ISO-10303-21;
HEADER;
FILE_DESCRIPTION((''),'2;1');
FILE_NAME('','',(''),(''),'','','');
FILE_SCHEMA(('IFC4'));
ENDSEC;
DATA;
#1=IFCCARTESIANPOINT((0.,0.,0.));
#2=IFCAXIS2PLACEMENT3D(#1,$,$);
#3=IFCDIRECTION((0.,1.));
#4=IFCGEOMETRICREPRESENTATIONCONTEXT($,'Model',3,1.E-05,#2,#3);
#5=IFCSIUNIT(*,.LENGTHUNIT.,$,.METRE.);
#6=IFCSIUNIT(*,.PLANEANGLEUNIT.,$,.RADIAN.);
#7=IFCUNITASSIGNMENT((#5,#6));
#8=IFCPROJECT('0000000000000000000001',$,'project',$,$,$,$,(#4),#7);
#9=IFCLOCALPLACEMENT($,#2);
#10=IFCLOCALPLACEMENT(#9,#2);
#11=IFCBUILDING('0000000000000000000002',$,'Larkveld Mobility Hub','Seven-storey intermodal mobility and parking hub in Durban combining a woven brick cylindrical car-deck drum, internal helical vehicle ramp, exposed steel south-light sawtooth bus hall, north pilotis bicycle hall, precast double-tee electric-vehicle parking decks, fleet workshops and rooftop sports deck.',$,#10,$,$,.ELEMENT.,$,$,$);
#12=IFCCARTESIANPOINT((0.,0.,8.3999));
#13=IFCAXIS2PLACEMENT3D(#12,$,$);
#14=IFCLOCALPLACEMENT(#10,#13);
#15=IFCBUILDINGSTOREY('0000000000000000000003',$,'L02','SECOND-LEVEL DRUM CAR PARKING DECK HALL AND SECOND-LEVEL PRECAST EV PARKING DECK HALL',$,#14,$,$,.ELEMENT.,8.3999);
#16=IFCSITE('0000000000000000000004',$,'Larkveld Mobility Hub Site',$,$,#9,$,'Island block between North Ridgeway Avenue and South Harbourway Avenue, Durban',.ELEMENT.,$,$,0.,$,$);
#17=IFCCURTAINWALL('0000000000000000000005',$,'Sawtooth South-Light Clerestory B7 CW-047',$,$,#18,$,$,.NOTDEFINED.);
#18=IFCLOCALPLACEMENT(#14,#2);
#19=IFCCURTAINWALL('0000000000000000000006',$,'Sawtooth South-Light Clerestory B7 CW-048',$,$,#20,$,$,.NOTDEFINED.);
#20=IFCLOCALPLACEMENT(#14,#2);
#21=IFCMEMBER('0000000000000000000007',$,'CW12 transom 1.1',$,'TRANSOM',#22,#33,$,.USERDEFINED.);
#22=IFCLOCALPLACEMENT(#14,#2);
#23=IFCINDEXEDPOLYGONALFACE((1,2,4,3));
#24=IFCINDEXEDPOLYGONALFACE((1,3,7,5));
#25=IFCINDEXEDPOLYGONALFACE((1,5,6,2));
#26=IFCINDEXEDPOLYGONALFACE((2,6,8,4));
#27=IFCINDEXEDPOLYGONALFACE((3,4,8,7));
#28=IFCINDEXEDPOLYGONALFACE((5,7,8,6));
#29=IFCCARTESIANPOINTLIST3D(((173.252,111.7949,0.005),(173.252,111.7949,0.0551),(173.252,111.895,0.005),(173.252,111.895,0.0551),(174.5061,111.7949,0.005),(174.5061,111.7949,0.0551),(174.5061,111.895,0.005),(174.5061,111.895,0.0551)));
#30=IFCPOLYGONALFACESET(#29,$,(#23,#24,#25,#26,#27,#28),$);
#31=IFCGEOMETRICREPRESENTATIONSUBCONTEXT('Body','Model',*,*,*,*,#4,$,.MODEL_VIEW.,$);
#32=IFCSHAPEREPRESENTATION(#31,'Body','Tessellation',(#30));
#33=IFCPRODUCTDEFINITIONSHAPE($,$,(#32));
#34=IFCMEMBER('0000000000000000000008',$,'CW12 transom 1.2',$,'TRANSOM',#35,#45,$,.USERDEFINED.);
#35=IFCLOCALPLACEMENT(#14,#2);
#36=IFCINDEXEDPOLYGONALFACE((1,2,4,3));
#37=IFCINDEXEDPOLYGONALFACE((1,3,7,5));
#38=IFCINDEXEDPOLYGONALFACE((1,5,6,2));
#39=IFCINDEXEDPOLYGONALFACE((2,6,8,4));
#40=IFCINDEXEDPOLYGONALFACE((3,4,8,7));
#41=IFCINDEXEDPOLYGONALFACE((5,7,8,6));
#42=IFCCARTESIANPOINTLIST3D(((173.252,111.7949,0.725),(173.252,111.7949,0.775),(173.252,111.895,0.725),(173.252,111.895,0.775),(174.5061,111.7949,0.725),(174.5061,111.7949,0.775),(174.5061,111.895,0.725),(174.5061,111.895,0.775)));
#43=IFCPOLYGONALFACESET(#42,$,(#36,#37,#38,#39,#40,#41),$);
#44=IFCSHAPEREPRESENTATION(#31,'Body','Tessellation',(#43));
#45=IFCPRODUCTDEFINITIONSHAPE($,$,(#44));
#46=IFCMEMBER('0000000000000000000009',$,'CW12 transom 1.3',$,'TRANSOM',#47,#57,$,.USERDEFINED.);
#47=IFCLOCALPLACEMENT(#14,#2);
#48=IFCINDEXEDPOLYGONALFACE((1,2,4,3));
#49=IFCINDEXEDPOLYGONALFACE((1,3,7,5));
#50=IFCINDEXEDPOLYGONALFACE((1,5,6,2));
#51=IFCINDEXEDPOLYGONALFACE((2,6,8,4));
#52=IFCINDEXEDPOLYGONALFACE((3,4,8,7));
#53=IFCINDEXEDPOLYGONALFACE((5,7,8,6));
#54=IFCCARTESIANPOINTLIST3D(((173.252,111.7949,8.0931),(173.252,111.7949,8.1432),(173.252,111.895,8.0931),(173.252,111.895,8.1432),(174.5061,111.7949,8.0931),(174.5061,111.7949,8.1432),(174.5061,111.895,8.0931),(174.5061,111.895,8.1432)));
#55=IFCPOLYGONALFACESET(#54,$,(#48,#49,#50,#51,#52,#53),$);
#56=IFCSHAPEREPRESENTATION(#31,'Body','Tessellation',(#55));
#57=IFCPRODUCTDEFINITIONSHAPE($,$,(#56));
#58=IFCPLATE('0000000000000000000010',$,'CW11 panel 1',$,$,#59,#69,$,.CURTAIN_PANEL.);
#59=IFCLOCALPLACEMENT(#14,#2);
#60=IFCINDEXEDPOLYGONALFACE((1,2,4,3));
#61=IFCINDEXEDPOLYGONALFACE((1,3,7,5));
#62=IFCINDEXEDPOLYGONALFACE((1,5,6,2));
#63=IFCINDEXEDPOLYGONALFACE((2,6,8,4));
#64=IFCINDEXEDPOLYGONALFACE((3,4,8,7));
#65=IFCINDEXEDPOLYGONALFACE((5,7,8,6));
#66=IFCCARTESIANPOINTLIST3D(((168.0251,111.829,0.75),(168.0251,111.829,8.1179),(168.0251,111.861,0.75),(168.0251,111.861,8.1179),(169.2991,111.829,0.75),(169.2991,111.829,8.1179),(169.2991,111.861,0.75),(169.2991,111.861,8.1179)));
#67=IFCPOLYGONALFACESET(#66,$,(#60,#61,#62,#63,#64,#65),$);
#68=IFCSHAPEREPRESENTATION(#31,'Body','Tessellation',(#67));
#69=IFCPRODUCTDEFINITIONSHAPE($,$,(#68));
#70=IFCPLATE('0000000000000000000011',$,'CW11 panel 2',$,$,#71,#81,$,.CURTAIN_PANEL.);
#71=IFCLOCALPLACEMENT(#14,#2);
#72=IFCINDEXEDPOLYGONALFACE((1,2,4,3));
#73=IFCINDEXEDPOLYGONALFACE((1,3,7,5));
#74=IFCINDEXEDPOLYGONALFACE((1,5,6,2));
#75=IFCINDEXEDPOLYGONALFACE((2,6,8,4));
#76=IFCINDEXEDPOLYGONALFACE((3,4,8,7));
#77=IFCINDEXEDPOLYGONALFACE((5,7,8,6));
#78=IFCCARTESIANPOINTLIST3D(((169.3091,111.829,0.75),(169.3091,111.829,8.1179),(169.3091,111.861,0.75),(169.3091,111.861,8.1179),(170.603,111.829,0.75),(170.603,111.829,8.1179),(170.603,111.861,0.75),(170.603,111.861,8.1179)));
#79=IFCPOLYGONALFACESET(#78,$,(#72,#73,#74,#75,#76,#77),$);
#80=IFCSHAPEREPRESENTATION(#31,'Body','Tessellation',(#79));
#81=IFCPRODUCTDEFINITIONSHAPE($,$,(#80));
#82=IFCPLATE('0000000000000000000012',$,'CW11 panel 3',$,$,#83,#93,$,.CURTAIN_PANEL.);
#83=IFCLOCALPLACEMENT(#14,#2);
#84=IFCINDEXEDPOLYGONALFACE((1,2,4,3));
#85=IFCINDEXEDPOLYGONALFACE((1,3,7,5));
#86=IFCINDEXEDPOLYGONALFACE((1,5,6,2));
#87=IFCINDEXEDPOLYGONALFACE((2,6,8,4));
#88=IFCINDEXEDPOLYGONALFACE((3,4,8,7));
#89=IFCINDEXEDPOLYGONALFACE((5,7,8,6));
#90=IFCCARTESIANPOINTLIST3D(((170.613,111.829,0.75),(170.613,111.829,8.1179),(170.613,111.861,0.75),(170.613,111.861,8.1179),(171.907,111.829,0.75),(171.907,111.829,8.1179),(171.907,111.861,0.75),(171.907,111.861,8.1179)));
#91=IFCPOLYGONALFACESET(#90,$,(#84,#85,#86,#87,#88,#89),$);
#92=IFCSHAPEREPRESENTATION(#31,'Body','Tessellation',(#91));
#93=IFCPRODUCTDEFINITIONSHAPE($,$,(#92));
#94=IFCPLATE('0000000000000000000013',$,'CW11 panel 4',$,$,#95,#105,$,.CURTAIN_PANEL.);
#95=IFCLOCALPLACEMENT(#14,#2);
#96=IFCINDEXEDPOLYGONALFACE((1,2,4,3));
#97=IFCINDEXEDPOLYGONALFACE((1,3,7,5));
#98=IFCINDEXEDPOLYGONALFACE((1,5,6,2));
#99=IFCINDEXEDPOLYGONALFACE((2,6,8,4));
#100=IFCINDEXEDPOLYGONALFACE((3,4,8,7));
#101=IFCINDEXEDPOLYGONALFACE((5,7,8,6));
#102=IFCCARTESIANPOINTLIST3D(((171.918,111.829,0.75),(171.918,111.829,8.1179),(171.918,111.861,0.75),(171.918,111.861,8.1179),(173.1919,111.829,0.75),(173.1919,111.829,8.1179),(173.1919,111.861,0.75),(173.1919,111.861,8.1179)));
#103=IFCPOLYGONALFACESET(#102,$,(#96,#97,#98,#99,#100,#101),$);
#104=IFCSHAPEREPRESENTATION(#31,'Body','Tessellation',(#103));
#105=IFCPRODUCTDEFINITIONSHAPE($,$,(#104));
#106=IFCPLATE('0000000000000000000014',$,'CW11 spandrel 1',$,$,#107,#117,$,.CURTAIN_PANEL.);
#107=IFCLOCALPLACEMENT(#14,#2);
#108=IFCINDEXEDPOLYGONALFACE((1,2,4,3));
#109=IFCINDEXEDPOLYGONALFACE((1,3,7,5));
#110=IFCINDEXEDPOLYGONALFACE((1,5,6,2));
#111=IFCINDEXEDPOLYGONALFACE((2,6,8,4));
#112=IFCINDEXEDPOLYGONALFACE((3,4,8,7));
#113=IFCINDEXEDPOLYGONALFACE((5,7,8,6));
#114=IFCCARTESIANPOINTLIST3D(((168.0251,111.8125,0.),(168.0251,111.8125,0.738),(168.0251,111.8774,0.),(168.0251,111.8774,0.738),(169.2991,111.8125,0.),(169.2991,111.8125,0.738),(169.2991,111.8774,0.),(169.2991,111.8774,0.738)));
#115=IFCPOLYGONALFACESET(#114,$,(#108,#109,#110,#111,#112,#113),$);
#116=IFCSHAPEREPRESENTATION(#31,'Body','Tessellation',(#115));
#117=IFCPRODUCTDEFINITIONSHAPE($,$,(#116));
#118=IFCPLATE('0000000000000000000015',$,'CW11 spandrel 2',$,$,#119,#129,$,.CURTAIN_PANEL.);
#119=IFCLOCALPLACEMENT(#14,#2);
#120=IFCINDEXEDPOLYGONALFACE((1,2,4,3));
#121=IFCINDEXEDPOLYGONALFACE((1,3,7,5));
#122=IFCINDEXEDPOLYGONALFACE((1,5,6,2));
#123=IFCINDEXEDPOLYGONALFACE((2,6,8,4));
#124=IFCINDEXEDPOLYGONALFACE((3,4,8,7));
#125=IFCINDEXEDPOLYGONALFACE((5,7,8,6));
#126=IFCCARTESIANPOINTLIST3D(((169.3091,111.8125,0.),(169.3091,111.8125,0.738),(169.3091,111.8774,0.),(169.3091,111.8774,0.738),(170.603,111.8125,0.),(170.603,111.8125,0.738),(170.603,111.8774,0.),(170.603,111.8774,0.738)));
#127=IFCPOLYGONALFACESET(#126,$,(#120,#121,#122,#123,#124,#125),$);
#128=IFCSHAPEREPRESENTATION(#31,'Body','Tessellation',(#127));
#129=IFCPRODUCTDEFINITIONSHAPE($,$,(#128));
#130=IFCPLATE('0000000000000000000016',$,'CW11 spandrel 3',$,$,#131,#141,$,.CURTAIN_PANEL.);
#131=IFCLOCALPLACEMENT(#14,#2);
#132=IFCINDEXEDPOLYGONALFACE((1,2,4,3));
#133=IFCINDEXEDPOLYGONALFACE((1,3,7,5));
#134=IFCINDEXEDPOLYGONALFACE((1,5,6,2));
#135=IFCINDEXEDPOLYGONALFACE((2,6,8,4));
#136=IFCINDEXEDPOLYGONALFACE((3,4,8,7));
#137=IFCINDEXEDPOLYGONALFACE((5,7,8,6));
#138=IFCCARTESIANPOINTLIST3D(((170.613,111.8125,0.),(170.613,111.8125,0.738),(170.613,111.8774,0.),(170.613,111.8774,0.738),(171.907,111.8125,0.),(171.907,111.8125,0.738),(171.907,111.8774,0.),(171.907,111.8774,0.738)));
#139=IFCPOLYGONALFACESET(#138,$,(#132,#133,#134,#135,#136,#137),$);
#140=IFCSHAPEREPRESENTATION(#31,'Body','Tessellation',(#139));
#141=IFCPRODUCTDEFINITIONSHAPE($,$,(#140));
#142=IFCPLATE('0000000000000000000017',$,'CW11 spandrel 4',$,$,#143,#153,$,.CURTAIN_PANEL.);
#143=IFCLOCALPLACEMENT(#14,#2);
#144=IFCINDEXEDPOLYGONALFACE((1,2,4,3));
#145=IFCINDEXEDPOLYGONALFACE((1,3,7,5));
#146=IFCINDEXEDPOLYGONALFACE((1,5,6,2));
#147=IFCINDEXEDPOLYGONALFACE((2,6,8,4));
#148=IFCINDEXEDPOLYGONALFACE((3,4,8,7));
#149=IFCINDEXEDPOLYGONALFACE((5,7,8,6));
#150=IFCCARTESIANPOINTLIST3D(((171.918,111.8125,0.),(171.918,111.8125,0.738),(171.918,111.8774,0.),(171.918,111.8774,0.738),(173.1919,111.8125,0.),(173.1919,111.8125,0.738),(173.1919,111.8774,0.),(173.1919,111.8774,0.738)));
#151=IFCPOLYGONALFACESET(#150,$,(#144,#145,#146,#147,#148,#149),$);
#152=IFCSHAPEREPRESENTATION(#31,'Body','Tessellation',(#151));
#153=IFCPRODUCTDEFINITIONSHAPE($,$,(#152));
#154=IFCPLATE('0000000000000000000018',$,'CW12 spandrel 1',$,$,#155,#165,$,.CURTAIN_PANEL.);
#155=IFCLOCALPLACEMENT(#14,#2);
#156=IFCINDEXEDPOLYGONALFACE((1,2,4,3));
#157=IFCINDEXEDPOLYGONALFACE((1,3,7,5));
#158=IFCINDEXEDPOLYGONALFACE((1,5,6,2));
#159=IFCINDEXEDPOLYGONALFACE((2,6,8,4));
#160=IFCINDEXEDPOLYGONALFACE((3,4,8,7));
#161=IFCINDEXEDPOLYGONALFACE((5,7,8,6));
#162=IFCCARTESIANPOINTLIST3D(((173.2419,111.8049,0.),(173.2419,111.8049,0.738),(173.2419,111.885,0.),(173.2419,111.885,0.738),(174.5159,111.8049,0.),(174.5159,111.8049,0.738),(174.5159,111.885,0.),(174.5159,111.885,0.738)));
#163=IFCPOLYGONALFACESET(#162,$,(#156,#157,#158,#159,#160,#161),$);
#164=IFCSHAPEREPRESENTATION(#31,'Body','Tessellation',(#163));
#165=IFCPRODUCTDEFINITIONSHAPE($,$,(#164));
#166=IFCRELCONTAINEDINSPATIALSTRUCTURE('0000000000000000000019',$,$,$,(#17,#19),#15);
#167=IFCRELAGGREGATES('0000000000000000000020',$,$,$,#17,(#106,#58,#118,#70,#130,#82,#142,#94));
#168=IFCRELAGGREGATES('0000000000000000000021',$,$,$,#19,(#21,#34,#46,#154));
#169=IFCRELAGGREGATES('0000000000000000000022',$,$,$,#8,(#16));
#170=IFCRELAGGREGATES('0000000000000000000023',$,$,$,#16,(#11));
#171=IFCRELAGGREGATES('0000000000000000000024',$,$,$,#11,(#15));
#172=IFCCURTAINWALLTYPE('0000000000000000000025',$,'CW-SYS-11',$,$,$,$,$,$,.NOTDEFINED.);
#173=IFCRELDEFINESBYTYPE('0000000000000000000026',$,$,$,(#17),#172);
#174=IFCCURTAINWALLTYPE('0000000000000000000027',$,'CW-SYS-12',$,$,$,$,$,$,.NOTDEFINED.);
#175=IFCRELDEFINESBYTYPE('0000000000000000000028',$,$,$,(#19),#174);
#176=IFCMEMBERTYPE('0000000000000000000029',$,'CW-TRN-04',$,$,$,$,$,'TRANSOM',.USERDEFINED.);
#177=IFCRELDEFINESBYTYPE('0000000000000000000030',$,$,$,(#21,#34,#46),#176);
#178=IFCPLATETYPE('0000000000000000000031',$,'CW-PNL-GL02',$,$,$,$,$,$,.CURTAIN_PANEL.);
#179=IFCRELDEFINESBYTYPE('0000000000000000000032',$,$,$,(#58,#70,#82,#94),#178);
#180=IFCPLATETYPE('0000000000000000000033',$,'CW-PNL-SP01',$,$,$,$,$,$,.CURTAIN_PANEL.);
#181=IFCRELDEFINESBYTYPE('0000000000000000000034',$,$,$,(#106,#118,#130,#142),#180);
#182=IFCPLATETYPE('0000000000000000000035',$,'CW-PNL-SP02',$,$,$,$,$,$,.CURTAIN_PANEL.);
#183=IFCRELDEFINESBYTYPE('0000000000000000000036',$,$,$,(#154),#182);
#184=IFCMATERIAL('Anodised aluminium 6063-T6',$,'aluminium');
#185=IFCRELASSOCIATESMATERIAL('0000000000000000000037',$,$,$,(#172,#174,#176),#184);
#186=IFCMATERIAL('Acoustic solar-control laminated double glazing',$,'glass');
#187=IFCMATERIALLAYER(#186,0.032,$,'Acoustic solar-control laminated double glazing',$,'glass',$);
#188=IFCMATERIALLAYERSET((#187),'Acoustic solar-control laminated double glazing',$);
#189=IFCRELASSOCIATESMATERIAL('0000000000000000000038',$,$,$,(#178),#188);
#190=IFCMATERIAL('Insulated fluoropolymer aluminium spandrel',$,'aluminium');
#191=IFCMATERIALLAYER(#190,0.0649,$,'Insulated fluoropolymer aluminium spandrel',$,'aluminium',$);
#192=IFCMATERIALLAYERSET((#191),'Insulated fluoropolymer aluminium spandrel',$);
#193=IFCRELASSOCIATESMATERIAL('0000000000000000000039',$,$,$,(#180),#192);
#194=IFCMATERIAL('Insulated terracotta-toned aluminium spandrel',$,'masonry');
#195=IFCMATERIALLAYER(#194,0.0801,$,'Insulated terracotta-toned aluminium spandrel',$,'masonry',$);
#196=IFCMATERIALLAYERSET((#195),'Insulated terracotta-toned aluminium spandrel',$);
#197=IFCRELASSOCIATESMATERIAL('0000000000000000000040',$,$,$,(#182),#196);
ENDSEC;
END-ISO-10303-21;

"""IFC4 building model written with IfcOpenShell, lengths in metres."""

from ifc_helpers import new_model, si_unit, direction, frame, origin, origin_2d, place, context, subcontext, project, spatial, rectangle, extrude, material, layer, layer_set, material_profile, profile_set, type_object, element, aggregate, save


model = new_model("IFC4")

# Units and contexts
model_context = context("Model", 3, precision=1e-05, world=origin(), true_north=direction((0.0, 1.0)))
body_context = subcontext(model_context, "Body", "Model", "MODEL_VIEW")
ifc_project = project(units=[si_unit("LENGTHUNIT", "METRE"), si_unit("PLANEANGLEUNIT", "RADIAN")], contexts=[model_context])

# Site, building, storey
site_placement = place(None, origin())
site = spatial("IfcSite", under=ifc_project, at=site_placement, Name="Larkveld Mobility Hub Site", LongName="Island block between North Ridgeway Avenue and South Harbourway Avenue, Durban", CompositionType="ELEMENT", RefElevation=0.0)
building_placement = place(site_placement, origin())
building = spatial("IfcBuilding", under=site, at=building_placement, Name="Larkveld Mobility Hub", Description="Seven-storey intermodal mobility and parking hub in Durban combining a woven brick cylindrical car-deck drum, internal helical vehicle ramp, exposed steel south-light sawtooth bus hall, north pilotis bicycle hall, precast double-tee electric-vehicle parking decks, fleet workshops and rooftop sports deck.", CompositionType="ELEMENT")
storey_placement = place(building_placement, frame((0.0, 0.0, 8.3999)))
storey = spatial("IfcBuildingStorey", under=building, at=storey_placement, Name="L02", Description="SECOND-LEVEL DRUM CAR PARKING DECK HALL AND SECOND-LEVEL PRECAST EV PARKING DECK HALL", CompositionType="ELEMENT", Elevation=8.3999)

# Curtain wall
ifc_material_1 = material(Name="Anodised aluminium 6063-T6", Category="aluminium")
curtain_wall_type_1 = type_object("IfcCurtainWallType", Name="CW-SYS-11", PredefinedType="NOTDEFINED", material=ifc_material_1)
curtain_wall_1_placement = place(storey_placement, origin())
curtain_wall_1 = element("IfcCurtainWall", 1, at=curtain_wall_1_placement, inside=storey, type_object=curtain_wall_type_1, Name="Sawtooth South-Light Clerestory B7 CW-047", PredefinedType="NOTDEFINED")

# Curtain wall
curtain_wall_type_2 = type_object("IfcCurtainWallType", Name="CW-SYS-12", PredefinedType="NOTDEFINED", material=ifc_material_1)
curtain_wall_2_placement = place(storey_placement, origin())
curtain_wall_2 = element("IfcCurtainWall", 2, at=curtain_wall_2_placement, inside=storey, type_object=curtain_wall_type_2, Name="Sawtooth South-Light Clerestory B7 CW-048", PredefinedType="NOTDEFINED")

# Members
ifc_material_profile_1 = material_profile(ifc_material_1, rectangle(XDim=0.1001, YDim=0.05, at=origin_2d()), Name="ALU TRAN 50x100")
ifc_profile_set_1 = profile_set([ifc_material_profile_1], Name="Anodised aluminium 6063-T6")
member_type_1 = type_object("IfcMemberType", Name="CW-TRN-04", ElementType="TRANSOM", PredefinedType="USERDEFINED", material=ifc_profile_set_1)
member_1_placement = place(storey_placement, frame((173.252, 111.845, 0.03), z_axis=(1.0, 0.0, 0.0), x_axis=(0.0, 1.0, 0.0)))
member_1 = element("IfcMember", 3, at=member_1_placement, type_object=member_type_1, Name="CW12 transom 1.1", ObjectType="TRANSOM", PredefinedType="USERDEFINED", context=body_context, shape_type="SweptSolid", body=[
    extrude(rectangle(XDim=0.1001, YDim=0.05, at=origin_2d()), origin(), (0.0, 0.0, 1.0), 1.2542),
])
member_2_placement = place(storey_placement, frame((173.252, 111.845, 0.75), z_axis=(1.0, 0.0, 0.0), x_axis=(0.0, 1.0, 0.0)))
member_2 = element("IfcMember", 4, at=member_2_placement, type_object=member_type_1, Name="CW12 transom 1.2", ObjectType="TRANSOM", PredefinedType="USERDEFINED", context=body_context, shape_type="SweptSolid", body=[
    extrude(rectangle(XDim=0.1001, YDim=0.05, at=origin_2d()), origin(), (0.0, 0.0, 1.0), 1.2542),
])
member_3_placement = place(storey_placement, frame((173.252, 111.845, 8.1182), z_axis=(1.0, 0.0, 0.0), x_axis=(0.0, 1.0, 0.0)))
member_3 = element("IfcMember", 5, at=member_3_placement, type_object=member_type_1, Name="CW12 transom 1.3", ObjectType="TRANSOM", PredefinedType="USERDEFINED", context=body_context, shape_type="SweptSolid", body=[
    extrude(rectangle(XDim=0.1001, YDim=0.05, at=origin_2d()), origin(), (0.0, 0.0, 1.0), 1.2542),
])

# Plates
ifc_material_2 = material(Name="Acoustic solar-control laminated double glazing", Category="glass")
ifc_layer_1 = layer(ifc_material_2, 0.032, Name="Acoustic solar-control laminated double glazing", Category="glass")
ifc_layer_set_1 = layer_set([ifc_layer_1], Name="Acoustic solar-control laminated double glazing")
plate_type_1 = type_object("IfcPlateType", Name="CW-PNL-GL02", PredefinedType="CURTAIN_PANEL", material=ifc_layer_set_1)
plate_1_placement = place(storey_placement, frame((168.6621, 111.845, 0.75), z_axis=(0.0, 0.0, 1.0), x_axis=(1.0, 0.0, 0.0)))
plate_1 = element("IfcPlate", 6, at=plate_1_placement, type_object=plate_type_1, Name="CW11 panel 1", PredefinedType="CURTAIN_PANEL", context=body_context, shape_type="SweptSolid", body=[
    extrude(rectangle(XDim=1.2739, YDim=0.032, at=origin_2d()), origin(), (0.0, 0.0, 1.0), 7.3679),
])
plate_2_placement = place(storey_placement, frame((169.9561, 111.845, 0.75), z_axis=(0.0, 0.0, 1.0), x_axis=(1.0, 0.0, 0.0)))
plate_2 = element("IfcPlate", 7, at=plate_2_placement, type_object=plate_type_1, Name="CW11 panel 2", PredefinedType="CURTAIN_PANEL", context=body_context, shape_type="SweptSolid", body=[
    extrude(rectangle(XDim=1.2939, YDim=0.032, at=origin_2d()), origin(), (0.0, 0.0, 1.0), 7.3679),
])
plate_3_placement = place(storey_placement, frame((171.26, 111.845, 0.75), z_axis=(0.0, 0.0, 1.0), x_axis=(1.0, 0.0, 0.0)))
plate_3 = element("IfcPlate", 8, at=plate_3_placement, type_object=plate_type_1, Name="CW11 panel 3", PredefinedType="CURTAIN_PANEL", context=body_context, shape_type="SweptSolid", body=[
    extrude(rectangle(XDim=1.2939, YDim=0.032, at=origin_2d()), origin(), (0.0, 0.0, 1.0), 7.3679),
])
plate_4_placement = place(storey_placement, frame((172.5549, 111.845, 0.75), z_axis=(0.0, 0.0, 1.0), x_axis=(1.0, 0.0, 0.0)))
plate_4 = element("IfcPlate", 9, at=plate_4_placement, type_object=plate_type_1, Name="CW11 panel 4", PredefinedType="CURTAIN_PANEL", context=body_context, shape_type="SweptSolid", body=[
    extrude(rectangle(XDim=1.2739, YDim=0.032, at=origin_2d()), origin(), (0.0, 0.0, 1.0), 7.3679),
])
ifc_material_3 = material(Name="Insulated fluoropolymer aluminium spandrel", Category="aluminium")
ifc_layer_2 = layer(ifc_material_3, 0.0649, Name="Insulated fluoropolymer aluminium spandrel", Category="aluminium")
ifc_layer_set_2 = layer_set([ifc_layer_2], Name="Insulated fluoropolymer aluminium spandrel")
plate_type_2 = type_object("IfcPlateType", Name="CW-PNL-SP01", PredefinedType="CURTAIN_PANEL", material=ifc_layer_set_2)
plate_5_placement = place(storey_placement, frame((168.6621, 111.845, 0.0), z_axis=(0.0, 0.0, 1.0), x_axis=(1.0, 0.0, 0.0)))
plate_5 = element("IfcPlate", 10, at=plate_5_placement, type_object=plate_type_2, Name="CW11 spandrel 1", PredefinedType="CURTAIN_PANEL", context=body_context, shape_type="SweptSolid", body=[
    extrude(rectangle(XDim=1.2739, YDim=0.0649, at=origin_2d()), origin(), (0.0, 0.0, 1.0), 0.738),
])
plate_6_placement = place(storey_placement, frame((169.9561, 111.845, 0.0), z_axis=(0.0, 0.0, 1.0), x_axis=(1.0, 0.0, 0.0)))
plate_6 = element("IfcPlate", 11, at=plate_6_placement, type_object=plate_type_2, Name="CW11 spandrel 2", PredefinedType="CURTAIN_PANEL", context=body_context, shape_type="SweptSolid", body=[
    extrude(rectangle(XDim=1.2939, YDim=0.0649, at=origin_2d()), origin(), (0.0, 0.0, 1.0), 0.738),
])
plate_7_placement = place(storey_placement, frame((171.26, 111.845, 0.0), z_axis=(0.0, 0.0, 1.0), x_axis=(1.0, 0.0, 0.0)))
plate_7 = element("IfcPlate", 12, at=plate_7_placement, type_object=plate_type_2, Name="CW11 spandrel 3", PredefinedType="CURTAIN_PANEL", context=body_context, shape_type="SweptSolid", body=[
    extrude(rectangle(XDim=1.2939, YDim=0.0649, at=origin_2d()), origin(), (0.0, 0.0, 1.0), 0.738),
])
plate_8_placement = place(storey_placement, frame((172.5549, 111.845, 0.0), z_axis=(0.0, 0.0, 1.0), x_axis=(1.0, 0.0, 0.0)))
plate_8 = element("IfcPlate", 13, at=plate_8_placement, type_object=plate_type_2, Name="CW11 spandrel 4", PredefinedType="CURTAIN_PANEL", context=body_context, shape_type="SweptSolid", body=[
    extrude(rectangle(XDim=1.2739, YDim=0.0649, at=origin_2d()), origin(), (0.0, 0.0, 1.0), 0.738),
])
aggregate(curtain_wall_1, [plate_5, plate_1, plate_6, plate_2, plate_7, plate_3, plate_8, plate_4])
ifc_material_4 = material(Name="Insulated terracotta-toned aluminium spandrel", Category="masonry")
ifc_layer_3 = layer(ifc_material_4, 0.0801, Name="Insulated terracotta-toned aluminium spandrel", Category="masonry")
ifc_layer_set_3 = layer_set([ifc_layer_3], Name="Insulated terracotta-toned aluminium spandrel")
plate_type_3 = type_object("IfcPlateType", Name="CW-PNL-SP02", PredefinedType="CURTAIN_PANEL", material=ifc_layer_set_3)
plate_9_placement = place(storey_placement, frame((173.8789, 111.845, 0.0), z_axis=(0.0, 0.0, 1.0), x_axis=(1.0, 0.0, 0.0)))
plate_9 = element("IfcPlate", 14, at=plate_9_placement, type_object=plate_type_3, Name="CW12 spandrel 1", PredefinedType="CURTAIN_PANEL", context=body_context, shape_type="SweptSolid", body=[
    extrude(rectangle(XDim=1.2739, YDim=0.0801, at=origin_2d()), origin(), (0.0, 0.0, 1.0), 0.738),
])
aggregate(curtain_wall_2, [member_1, member_2, member_3, plate_9])

save(model, "model.ifc")
